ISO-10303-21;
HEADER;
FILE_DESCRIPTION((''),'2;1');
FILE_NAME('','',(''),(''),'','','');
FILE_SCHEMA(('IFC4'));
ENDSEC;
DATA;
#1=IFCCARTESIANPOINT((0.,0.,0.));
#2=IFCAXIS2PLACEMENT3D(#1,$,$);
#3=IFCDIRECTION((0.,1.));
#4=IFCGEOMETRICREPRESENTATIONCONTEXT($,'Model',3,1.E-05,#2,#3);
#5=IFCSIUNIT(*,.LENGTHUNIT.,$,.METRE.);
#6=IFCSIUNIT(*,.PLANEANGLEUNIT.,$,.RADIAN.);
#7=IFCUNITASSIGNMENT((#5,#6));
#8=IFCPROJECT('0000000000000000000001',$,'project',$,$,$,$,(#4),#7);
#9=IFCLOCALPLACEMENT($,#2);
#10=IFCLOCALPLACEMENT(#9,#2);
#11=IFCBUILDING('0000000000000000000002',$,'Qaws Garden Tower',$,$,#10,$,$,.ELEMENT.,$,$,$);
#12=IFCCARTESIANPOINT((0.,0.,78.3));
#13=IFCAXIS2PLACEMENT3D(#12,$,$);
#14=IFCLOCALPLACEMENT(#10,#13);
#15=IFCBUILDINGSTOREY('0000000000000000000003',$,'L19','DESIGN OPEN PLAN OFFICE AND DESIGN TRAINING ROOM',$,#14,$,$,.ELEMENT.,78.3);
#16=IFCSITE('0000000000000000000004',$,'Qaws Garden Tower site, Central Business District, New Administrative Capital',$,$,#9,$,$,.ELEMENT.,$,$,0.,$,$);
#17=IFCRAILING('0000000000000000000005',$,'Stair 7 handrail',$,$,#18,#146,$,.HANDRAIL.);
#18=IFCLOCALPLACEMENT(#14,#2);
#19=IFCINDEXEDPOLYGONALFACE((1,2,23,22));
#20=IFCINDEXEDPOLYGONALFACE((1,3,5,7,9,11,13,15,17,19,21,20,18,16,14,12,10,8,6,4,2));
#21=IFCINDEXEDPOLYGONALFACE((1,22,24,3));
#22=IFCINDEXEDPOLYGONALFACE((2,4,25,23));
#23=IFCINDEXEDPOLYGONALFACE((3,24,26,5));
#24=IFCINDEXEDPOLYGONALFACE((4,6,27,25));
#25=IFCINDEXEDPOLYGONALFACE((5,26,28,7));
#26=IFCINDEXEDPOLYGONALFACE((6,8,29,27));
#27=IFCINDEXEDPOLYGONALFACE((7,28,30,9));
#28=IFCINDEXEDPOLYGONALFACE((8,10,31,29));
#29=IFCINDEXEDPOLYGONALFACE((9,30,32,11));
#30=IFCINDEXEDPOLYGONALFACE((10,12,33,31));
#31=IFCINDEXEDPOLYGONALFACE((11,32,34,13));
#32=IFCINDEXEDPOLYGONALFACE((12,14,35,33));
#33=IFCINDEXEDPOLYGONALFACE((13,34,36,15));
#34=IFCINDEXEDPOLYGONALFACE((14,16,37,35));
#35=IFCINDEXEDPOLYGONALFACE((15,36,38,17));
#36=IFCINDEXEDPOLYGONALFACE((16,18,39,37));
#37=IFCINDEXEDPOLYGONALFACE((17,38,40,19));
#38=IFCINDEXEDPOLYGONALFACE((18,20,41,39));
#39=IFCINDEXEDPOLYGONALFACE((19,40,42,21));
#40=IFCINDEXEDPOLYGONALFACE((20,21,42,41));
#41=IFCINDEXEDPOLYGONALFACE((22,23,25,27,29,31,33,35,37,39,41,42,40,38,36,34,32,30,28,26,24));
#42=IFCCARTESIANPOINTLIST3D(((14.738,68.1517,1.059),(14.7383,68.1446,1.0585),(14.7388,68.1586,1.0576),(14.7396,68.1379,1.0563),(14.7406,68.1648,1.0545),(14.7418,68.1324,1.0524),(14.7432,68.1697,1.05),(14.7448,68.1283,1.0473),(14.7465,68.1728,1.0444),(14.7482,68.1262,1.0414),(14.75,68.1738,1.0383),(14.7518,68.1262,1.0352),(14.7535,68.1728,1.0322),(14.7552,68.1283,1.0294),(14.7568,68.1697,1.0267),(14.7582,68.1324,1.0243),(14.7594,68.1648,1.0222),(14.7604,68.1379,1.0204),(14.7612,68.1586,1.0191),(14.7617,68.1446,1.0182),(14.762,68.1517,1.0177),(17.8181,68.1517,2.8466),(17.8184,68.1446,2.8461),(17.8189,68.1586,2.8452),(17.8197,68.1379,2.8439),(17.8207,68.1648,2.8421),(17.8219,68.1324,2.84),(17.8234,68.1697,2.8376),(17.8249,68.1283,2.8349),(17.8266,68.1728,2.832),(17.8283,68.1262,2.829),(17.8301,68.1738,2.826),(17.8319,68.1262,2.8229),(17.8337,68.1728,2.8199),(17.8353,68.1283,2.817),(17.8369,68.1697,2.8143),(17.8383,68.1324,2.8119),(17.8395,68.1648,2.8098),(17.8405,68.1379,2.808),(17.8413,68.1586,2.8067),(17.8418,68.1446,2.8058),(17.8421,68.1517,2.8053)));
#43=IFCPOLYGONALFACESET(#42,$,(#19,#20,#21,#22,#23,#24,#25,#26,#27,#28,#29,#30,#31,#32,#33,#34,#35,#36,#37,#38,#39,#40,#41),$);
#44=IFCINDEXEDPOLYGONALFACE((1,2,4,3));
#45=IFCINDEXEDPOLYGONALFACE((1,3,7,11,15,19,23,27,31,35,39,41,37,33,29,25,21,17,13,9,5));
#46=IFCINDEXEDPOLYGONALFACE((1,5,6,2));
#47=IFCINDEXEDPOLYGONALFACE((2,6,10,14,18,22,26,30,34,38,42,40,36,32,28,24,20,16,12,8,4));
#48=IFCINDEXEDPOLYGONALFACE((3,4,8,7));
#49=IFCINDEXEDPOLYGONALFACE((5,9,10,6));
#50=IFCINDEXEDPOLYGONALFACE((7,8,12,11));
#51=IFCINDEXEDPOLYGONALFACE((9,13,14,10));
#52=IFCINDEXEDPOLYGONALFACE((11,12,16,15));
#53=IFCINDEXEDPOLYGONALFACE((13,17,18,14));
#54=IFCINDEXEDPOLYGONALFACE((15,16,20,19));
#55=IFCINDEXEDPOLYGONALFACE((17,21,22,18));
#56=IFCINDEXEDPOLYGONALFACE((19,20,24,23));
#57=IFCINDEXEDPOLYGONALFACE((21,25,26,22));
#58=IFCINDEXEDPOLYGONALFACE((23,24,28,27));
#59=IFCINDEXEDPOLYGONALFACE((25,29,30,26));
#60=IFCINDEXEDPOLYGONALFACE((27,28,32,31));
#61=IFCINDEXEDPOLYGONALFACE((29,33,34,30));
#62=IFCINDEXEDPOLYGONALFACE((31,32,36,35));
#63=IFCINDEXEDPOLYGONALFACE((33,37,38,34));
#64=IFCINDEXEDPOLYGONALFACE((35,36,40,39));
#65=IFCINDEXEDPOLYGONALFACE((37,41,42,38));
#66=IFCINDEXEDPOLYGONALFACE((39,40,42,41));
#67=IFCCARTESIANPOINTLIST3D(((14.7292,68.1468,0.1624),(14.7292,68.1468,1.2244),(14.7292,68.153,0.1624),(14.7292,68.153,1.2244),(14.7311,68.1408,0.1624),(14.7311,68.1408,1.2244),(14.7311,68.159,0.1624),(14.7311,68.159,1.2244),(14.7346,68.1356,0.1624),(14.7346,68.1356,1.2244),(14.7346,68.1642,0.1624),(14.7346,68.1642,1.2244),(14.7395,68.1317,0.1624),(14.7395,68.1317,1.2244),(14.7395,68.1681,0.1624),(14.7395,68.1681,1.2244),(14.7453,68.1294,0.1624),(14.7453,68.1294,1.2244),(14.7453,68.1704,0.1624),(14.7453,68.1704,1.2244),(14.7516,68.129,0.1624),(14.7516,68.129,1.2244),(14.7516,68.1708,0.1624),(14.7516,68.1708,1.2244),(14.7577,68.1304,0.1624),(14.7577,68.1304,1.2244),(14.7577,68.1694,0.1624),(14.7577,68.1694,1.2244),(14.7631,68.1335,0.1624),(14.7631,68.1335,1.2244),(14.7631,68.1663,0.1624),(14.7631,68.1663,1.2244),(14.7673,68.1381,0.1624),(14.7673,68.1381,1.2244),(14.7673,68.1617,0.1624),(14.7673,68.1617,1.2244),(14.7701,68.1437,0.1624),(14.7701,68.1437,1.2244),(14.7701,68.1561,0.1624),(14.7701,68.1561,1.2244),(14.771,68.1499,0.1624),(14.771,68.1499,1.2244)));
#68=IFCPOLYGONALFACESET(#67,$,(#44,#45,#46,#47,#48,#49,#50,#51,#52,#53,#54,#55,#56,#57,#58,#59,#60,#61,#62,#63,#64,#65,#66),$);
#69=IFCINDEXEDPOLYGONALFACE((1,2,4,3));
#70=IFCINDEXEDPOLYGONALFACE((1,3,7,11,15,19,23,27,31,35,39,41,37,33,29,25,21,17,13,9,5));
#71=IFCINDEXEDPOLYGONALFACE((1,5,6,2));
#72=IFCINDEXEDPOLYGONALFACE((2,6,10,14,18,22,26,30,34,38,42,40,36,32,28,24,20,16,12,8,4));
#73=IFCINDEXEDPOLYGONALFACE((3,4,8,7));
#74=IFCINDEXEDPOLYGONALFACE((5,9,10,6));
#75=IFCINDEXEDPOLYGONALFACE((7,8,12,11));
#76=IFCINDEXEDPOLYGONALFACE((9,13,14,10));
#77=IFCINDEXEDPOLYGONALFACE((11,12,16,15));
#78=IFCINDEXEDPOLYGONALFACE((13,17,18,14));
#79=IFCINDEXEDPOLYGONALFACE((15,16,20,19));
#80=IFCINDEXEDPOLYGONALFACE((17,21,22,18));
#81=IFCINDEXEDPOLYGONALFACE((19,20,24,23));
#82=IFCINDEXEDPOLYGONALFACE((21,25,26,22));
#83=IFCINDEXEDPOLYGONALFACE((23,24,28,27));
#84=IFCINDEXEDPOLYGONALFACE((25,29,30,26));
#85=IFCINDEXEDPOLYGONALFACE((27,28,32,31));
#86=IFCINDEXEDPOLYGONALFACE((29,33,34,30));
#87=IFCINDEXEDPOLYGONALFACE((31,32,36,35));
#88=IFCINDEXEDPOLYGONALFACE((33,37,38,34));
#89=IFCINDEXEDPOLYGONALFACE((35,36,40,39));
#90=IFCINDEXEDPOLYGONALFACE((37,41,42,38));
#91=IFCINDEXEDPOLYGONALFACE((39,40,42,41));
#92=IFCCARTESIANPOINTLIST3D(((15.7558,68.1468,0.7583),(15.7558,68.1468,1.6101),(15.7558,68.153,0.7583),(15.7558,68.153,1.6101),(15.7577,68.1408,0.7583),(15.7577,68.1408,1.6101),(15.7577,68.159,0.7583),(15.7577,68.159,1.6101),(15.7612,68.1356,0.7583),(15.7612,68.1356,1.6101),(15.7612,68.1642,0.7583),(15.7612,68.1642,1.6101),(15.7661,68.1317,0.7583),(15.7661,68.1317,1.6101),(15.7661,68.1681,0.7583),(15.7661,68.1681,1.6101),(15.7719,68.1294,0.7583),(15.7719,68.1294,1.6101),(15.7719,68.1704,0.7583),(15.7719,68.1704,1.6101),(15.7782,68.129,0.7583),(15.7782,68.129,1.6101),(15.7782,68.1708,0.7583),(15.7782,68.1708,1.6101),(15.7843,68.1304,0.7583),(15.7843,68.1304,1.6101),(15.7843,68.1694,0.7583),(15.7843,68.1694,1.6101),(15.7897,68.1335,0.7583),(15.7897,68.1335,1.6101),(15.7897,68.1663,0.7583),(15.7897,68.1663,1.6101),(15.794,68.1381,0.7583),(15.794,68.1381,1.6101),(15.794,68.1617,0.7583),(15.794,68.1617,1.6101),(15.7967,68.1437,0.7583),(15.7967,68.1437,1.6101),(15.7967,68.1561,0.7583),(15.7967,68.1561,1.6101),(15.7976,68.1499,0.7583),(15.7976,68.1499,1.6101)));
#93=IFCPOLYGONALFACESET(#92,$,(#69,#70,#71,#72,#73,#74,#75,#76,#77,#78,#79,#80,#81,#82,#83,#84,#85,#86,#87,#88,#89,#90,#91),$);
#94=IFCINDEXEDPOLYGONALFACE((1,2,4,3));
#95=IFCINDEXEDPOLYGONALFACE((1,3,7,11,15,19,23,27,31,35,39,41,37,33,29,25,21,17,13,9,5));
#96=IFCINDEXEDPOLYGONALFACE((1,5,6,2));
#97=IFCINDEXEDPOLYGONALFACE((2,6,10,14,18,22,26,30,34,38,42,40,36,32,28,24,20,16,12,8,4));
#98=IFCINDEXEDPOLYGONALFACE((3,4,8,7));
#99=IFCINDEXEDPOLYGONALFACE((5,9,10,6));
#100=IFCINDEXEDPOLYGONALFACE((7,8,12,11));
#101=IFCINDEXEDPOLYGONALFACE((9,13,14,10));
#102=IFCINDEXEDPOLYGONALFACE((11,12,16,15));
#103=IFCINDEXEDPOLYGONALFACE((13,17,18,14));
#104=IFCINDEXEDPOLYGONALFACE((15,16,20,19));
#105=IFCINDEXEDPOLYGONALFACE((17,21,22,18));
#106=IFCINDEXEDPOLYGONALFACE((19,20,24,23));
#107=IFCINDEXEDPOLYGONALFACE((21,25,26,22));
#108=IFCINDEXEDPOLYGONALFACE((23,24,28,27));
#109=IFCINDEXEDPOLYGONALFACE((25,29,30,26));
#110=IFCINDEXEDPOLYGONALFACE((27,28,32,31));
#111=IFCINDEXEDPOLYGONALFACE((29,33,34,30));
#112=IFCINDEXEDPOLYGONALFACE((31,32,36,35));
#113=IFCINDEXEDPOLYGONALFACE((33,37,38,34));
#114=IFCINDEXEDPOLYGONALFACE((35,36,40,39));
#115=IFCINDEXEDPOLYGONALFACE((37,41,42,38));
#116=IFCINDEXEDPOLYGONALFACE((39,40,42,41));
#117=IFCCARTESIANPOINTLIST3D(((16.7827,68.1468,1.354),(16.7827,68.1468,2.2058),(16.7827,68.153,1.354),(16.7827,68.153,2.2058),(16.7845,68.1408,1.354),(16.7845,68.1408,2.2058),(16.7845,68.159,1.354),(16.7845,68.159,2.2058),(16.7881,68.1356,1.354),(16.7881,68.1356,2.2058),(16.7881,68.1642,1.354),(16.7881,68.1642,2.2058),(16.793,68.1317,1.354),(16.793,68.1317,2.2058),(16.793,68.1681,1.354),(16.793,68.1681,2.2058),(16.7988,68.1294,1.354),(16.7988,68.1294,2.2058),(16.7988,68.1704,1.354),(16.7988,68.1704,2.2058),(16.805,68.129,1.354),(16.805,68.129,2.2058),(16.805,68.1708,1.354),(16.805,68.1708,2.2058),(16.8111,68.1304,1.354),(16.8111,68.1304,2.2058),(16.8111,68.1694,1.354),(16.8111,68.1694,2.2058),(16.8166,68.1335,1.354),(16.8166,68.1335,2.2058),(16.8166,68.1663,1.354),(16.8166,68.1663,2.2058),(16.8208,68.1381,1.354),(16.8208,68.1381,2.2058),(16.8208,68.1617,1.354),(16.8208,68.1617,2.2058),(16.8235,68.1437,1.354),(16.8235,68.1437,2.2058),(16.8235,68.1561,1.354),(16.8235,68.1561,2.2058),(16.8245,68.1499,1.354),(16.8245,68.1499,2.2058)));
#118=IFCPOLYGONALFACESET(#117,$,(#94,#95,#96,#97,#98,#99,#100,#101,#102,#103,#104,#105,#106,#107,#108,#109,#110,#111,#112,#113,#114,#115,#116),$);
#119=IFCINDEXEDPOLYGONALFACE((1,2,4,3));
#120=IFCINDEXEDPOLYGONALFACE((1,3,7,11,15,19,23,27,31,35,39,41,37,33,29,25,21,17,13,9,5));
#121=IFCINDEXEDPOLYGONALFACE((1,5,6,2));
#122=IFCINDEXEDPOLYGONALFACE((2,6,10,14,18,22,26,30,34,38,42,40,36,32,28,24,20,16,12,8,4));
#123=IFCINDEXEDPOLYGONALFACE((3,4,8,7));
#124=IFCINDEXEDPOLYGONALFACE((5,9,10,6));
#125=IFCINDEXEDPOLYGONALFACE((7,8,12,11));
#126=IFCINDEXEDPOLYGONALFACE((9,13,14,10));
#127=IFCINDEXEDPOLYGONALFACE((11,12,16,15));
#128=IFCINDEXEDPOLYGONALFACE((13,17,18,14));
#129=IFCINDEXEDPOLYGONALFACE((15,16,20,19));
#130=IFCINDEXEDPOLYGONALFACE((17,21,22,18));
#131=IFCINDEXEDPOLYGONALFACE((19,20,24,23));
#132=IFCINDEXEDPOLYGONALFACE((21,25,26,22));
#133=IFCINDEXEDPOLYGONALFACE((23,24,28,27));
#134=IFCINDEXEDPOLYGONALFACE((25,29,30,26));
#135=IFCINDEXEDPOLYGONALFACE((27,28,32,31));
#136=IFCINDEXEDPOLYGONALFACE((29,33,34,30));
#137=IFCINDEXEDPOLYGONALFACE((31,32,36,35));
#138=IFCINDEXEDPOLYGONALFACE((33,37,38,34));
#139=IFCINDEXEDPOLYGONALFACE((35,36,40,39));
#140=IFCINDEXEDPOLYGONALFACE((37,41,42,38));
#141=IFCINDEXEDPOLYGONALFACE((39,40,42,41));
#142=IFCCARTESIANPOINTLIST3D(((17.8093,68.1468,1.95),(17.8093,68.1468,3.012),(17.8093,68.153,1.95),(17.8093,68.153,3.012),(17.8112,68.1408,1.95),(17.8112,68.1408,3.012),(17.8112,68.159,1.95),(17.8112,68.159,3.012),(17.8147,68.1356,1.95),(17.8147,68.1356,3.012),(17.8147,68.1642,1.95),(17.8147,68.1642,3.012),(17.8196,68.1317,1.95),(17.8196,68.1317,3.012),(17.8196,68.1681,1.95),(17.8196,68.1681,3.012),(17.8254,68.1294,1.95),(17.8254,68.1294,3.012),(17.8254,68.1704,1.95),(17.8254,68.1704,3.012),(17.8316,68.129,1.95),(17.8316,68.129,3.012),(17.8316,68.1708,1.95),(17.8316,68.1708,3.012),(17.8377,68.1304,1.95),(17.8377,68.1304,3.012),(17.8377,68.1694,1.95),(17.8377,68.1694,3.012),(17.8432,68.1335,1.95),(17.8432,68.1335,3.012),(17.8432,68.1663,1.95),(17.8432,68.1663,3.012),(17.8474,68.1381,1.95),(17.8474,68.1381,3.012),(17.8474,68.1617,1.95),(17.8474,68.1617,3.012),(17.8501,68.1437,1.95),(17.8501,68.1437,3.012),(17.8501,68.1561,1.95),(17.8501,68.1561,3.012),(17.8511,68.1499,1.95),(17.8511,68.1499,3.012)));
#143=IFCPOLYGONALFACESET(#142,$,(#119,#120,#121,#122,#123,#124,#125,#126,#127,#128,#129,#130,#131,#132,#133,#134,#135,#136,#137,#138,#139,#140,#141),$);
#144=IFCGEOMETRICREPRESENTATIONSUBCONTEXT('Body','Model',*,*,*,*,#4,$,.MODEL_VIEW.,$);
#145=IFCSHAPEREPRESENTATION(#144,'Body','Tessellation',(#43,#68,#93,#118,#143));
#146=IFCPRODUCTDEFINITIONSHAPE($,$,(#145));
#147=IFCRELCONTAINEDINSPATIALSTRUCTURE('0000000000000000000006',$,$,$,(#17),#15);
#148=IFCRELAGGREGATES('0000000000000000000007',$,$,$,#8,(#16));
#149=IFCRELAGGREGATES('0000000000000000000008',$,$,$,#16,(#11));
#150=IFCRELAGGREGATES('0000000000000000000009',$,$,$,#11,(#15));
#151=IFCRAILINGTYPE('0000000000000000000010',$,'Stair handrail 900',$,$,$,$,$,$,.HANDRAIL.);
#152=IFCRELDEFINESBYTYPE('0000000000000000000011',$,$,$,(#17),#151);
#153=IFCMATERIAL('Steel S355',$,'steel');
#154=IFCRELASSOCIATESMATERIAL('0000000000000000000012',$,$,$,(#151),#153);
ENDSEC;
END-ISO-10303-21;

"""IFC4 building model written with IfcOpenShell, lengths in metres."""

from ifc_helpers import new_model, si_unit, direction, frame, origin, origin_2d, place, context, subcontext, project, spatial, circle, extrude, material, type_object, element, save


model = new_model("IFC4")

# Units and contexts
model_context = context("Model", 3, precision=1e-05, world=origin(), true_north=direction((0.0, 1.0)))
body_context = subcontext(model_context, "Body", "Model", "MODEL_VIEW")
ifc_project = project(units=[si_unit("LENGTHUNIT", "METRE"), si_unit("PLANEANGLEUNIT", "RADIAN")], contexts=[model_context])

# Site, building, storey
site_placement = place(None, origin())
site = spatial("IfcSite", under=ifc_project, at=site_placement, Name="Qaws Garden Tower site, Central Business District, New Administrative Capital", CompositionType="ELEMENT", RefElevation=0.0)
building_placement = place(site_placement, origin())
building = spatial("IfcBuilding", under=site, at=building_placement, Name="Qaws Garden Tower", CompositionType="ELEMENT")
storey_placement = place(building_placement, frame((0.0, 0.0, 78.3)))
storey = spatial("IfcBuildingStorey", under=building, at=storey_placement, Name="L19", Description="DESIGN OPEN PLAN OFFICE AND DESIGN TRAINING ROOM", CompositionType="ELEMENT", Elevation=78.3)

# Railing
ifc_material_1 = material(Name="Steel S355", Category="steel")
railing_type = type_object("IfcRailingType", Name="Stair handrail 900", PredefinedType="HANDRAIL", material=ifc_material_1)
railing_1_placement = place(storey_placement, frame((14.75, 68.1499, 0.1624)))
element("IfcRailing", 1, at=railing_1_placement, inside=storey, type_object=railing_type, Name="Stair 7 handrail", PredefinedType="HANDRAIL", context=body_context, shape_type="SweptSolid", body=[
    extrude(circle(Radius=0.0239, at=origin_2d()), frame((0.0, 0.0, 0.876), z_axis=(0.864891, 0.0, 0.50196), x_axis=(0.0, 1.0, 0.0)), (0.0, 0.0, 1.0), 3.5613),
    extrude(circle(Radius=0.021, at=origin_2d()), origin(), (0.0, 0.0, 1.0), 1.062),
    extrude(circle(Radius=0.021, at=origin_2d()), frame((1.0266, 0.0, 0.5959)), (0.0, 0.0, 1.0), 0.8518),
    extrude(circle(Radius=0.021, at=origin_2d()), frame((2.0535, 0.0, 1.1917)), (0.0, 0.0, 1.0), 0.8518),
    extrude(circle(Radius=0.021, at=origin_2d()), frame((3.0801, 0.0, 1.7876)), (0.0, 0.0, 1.0), 1.062),
])

save(model, "model.ifc")
